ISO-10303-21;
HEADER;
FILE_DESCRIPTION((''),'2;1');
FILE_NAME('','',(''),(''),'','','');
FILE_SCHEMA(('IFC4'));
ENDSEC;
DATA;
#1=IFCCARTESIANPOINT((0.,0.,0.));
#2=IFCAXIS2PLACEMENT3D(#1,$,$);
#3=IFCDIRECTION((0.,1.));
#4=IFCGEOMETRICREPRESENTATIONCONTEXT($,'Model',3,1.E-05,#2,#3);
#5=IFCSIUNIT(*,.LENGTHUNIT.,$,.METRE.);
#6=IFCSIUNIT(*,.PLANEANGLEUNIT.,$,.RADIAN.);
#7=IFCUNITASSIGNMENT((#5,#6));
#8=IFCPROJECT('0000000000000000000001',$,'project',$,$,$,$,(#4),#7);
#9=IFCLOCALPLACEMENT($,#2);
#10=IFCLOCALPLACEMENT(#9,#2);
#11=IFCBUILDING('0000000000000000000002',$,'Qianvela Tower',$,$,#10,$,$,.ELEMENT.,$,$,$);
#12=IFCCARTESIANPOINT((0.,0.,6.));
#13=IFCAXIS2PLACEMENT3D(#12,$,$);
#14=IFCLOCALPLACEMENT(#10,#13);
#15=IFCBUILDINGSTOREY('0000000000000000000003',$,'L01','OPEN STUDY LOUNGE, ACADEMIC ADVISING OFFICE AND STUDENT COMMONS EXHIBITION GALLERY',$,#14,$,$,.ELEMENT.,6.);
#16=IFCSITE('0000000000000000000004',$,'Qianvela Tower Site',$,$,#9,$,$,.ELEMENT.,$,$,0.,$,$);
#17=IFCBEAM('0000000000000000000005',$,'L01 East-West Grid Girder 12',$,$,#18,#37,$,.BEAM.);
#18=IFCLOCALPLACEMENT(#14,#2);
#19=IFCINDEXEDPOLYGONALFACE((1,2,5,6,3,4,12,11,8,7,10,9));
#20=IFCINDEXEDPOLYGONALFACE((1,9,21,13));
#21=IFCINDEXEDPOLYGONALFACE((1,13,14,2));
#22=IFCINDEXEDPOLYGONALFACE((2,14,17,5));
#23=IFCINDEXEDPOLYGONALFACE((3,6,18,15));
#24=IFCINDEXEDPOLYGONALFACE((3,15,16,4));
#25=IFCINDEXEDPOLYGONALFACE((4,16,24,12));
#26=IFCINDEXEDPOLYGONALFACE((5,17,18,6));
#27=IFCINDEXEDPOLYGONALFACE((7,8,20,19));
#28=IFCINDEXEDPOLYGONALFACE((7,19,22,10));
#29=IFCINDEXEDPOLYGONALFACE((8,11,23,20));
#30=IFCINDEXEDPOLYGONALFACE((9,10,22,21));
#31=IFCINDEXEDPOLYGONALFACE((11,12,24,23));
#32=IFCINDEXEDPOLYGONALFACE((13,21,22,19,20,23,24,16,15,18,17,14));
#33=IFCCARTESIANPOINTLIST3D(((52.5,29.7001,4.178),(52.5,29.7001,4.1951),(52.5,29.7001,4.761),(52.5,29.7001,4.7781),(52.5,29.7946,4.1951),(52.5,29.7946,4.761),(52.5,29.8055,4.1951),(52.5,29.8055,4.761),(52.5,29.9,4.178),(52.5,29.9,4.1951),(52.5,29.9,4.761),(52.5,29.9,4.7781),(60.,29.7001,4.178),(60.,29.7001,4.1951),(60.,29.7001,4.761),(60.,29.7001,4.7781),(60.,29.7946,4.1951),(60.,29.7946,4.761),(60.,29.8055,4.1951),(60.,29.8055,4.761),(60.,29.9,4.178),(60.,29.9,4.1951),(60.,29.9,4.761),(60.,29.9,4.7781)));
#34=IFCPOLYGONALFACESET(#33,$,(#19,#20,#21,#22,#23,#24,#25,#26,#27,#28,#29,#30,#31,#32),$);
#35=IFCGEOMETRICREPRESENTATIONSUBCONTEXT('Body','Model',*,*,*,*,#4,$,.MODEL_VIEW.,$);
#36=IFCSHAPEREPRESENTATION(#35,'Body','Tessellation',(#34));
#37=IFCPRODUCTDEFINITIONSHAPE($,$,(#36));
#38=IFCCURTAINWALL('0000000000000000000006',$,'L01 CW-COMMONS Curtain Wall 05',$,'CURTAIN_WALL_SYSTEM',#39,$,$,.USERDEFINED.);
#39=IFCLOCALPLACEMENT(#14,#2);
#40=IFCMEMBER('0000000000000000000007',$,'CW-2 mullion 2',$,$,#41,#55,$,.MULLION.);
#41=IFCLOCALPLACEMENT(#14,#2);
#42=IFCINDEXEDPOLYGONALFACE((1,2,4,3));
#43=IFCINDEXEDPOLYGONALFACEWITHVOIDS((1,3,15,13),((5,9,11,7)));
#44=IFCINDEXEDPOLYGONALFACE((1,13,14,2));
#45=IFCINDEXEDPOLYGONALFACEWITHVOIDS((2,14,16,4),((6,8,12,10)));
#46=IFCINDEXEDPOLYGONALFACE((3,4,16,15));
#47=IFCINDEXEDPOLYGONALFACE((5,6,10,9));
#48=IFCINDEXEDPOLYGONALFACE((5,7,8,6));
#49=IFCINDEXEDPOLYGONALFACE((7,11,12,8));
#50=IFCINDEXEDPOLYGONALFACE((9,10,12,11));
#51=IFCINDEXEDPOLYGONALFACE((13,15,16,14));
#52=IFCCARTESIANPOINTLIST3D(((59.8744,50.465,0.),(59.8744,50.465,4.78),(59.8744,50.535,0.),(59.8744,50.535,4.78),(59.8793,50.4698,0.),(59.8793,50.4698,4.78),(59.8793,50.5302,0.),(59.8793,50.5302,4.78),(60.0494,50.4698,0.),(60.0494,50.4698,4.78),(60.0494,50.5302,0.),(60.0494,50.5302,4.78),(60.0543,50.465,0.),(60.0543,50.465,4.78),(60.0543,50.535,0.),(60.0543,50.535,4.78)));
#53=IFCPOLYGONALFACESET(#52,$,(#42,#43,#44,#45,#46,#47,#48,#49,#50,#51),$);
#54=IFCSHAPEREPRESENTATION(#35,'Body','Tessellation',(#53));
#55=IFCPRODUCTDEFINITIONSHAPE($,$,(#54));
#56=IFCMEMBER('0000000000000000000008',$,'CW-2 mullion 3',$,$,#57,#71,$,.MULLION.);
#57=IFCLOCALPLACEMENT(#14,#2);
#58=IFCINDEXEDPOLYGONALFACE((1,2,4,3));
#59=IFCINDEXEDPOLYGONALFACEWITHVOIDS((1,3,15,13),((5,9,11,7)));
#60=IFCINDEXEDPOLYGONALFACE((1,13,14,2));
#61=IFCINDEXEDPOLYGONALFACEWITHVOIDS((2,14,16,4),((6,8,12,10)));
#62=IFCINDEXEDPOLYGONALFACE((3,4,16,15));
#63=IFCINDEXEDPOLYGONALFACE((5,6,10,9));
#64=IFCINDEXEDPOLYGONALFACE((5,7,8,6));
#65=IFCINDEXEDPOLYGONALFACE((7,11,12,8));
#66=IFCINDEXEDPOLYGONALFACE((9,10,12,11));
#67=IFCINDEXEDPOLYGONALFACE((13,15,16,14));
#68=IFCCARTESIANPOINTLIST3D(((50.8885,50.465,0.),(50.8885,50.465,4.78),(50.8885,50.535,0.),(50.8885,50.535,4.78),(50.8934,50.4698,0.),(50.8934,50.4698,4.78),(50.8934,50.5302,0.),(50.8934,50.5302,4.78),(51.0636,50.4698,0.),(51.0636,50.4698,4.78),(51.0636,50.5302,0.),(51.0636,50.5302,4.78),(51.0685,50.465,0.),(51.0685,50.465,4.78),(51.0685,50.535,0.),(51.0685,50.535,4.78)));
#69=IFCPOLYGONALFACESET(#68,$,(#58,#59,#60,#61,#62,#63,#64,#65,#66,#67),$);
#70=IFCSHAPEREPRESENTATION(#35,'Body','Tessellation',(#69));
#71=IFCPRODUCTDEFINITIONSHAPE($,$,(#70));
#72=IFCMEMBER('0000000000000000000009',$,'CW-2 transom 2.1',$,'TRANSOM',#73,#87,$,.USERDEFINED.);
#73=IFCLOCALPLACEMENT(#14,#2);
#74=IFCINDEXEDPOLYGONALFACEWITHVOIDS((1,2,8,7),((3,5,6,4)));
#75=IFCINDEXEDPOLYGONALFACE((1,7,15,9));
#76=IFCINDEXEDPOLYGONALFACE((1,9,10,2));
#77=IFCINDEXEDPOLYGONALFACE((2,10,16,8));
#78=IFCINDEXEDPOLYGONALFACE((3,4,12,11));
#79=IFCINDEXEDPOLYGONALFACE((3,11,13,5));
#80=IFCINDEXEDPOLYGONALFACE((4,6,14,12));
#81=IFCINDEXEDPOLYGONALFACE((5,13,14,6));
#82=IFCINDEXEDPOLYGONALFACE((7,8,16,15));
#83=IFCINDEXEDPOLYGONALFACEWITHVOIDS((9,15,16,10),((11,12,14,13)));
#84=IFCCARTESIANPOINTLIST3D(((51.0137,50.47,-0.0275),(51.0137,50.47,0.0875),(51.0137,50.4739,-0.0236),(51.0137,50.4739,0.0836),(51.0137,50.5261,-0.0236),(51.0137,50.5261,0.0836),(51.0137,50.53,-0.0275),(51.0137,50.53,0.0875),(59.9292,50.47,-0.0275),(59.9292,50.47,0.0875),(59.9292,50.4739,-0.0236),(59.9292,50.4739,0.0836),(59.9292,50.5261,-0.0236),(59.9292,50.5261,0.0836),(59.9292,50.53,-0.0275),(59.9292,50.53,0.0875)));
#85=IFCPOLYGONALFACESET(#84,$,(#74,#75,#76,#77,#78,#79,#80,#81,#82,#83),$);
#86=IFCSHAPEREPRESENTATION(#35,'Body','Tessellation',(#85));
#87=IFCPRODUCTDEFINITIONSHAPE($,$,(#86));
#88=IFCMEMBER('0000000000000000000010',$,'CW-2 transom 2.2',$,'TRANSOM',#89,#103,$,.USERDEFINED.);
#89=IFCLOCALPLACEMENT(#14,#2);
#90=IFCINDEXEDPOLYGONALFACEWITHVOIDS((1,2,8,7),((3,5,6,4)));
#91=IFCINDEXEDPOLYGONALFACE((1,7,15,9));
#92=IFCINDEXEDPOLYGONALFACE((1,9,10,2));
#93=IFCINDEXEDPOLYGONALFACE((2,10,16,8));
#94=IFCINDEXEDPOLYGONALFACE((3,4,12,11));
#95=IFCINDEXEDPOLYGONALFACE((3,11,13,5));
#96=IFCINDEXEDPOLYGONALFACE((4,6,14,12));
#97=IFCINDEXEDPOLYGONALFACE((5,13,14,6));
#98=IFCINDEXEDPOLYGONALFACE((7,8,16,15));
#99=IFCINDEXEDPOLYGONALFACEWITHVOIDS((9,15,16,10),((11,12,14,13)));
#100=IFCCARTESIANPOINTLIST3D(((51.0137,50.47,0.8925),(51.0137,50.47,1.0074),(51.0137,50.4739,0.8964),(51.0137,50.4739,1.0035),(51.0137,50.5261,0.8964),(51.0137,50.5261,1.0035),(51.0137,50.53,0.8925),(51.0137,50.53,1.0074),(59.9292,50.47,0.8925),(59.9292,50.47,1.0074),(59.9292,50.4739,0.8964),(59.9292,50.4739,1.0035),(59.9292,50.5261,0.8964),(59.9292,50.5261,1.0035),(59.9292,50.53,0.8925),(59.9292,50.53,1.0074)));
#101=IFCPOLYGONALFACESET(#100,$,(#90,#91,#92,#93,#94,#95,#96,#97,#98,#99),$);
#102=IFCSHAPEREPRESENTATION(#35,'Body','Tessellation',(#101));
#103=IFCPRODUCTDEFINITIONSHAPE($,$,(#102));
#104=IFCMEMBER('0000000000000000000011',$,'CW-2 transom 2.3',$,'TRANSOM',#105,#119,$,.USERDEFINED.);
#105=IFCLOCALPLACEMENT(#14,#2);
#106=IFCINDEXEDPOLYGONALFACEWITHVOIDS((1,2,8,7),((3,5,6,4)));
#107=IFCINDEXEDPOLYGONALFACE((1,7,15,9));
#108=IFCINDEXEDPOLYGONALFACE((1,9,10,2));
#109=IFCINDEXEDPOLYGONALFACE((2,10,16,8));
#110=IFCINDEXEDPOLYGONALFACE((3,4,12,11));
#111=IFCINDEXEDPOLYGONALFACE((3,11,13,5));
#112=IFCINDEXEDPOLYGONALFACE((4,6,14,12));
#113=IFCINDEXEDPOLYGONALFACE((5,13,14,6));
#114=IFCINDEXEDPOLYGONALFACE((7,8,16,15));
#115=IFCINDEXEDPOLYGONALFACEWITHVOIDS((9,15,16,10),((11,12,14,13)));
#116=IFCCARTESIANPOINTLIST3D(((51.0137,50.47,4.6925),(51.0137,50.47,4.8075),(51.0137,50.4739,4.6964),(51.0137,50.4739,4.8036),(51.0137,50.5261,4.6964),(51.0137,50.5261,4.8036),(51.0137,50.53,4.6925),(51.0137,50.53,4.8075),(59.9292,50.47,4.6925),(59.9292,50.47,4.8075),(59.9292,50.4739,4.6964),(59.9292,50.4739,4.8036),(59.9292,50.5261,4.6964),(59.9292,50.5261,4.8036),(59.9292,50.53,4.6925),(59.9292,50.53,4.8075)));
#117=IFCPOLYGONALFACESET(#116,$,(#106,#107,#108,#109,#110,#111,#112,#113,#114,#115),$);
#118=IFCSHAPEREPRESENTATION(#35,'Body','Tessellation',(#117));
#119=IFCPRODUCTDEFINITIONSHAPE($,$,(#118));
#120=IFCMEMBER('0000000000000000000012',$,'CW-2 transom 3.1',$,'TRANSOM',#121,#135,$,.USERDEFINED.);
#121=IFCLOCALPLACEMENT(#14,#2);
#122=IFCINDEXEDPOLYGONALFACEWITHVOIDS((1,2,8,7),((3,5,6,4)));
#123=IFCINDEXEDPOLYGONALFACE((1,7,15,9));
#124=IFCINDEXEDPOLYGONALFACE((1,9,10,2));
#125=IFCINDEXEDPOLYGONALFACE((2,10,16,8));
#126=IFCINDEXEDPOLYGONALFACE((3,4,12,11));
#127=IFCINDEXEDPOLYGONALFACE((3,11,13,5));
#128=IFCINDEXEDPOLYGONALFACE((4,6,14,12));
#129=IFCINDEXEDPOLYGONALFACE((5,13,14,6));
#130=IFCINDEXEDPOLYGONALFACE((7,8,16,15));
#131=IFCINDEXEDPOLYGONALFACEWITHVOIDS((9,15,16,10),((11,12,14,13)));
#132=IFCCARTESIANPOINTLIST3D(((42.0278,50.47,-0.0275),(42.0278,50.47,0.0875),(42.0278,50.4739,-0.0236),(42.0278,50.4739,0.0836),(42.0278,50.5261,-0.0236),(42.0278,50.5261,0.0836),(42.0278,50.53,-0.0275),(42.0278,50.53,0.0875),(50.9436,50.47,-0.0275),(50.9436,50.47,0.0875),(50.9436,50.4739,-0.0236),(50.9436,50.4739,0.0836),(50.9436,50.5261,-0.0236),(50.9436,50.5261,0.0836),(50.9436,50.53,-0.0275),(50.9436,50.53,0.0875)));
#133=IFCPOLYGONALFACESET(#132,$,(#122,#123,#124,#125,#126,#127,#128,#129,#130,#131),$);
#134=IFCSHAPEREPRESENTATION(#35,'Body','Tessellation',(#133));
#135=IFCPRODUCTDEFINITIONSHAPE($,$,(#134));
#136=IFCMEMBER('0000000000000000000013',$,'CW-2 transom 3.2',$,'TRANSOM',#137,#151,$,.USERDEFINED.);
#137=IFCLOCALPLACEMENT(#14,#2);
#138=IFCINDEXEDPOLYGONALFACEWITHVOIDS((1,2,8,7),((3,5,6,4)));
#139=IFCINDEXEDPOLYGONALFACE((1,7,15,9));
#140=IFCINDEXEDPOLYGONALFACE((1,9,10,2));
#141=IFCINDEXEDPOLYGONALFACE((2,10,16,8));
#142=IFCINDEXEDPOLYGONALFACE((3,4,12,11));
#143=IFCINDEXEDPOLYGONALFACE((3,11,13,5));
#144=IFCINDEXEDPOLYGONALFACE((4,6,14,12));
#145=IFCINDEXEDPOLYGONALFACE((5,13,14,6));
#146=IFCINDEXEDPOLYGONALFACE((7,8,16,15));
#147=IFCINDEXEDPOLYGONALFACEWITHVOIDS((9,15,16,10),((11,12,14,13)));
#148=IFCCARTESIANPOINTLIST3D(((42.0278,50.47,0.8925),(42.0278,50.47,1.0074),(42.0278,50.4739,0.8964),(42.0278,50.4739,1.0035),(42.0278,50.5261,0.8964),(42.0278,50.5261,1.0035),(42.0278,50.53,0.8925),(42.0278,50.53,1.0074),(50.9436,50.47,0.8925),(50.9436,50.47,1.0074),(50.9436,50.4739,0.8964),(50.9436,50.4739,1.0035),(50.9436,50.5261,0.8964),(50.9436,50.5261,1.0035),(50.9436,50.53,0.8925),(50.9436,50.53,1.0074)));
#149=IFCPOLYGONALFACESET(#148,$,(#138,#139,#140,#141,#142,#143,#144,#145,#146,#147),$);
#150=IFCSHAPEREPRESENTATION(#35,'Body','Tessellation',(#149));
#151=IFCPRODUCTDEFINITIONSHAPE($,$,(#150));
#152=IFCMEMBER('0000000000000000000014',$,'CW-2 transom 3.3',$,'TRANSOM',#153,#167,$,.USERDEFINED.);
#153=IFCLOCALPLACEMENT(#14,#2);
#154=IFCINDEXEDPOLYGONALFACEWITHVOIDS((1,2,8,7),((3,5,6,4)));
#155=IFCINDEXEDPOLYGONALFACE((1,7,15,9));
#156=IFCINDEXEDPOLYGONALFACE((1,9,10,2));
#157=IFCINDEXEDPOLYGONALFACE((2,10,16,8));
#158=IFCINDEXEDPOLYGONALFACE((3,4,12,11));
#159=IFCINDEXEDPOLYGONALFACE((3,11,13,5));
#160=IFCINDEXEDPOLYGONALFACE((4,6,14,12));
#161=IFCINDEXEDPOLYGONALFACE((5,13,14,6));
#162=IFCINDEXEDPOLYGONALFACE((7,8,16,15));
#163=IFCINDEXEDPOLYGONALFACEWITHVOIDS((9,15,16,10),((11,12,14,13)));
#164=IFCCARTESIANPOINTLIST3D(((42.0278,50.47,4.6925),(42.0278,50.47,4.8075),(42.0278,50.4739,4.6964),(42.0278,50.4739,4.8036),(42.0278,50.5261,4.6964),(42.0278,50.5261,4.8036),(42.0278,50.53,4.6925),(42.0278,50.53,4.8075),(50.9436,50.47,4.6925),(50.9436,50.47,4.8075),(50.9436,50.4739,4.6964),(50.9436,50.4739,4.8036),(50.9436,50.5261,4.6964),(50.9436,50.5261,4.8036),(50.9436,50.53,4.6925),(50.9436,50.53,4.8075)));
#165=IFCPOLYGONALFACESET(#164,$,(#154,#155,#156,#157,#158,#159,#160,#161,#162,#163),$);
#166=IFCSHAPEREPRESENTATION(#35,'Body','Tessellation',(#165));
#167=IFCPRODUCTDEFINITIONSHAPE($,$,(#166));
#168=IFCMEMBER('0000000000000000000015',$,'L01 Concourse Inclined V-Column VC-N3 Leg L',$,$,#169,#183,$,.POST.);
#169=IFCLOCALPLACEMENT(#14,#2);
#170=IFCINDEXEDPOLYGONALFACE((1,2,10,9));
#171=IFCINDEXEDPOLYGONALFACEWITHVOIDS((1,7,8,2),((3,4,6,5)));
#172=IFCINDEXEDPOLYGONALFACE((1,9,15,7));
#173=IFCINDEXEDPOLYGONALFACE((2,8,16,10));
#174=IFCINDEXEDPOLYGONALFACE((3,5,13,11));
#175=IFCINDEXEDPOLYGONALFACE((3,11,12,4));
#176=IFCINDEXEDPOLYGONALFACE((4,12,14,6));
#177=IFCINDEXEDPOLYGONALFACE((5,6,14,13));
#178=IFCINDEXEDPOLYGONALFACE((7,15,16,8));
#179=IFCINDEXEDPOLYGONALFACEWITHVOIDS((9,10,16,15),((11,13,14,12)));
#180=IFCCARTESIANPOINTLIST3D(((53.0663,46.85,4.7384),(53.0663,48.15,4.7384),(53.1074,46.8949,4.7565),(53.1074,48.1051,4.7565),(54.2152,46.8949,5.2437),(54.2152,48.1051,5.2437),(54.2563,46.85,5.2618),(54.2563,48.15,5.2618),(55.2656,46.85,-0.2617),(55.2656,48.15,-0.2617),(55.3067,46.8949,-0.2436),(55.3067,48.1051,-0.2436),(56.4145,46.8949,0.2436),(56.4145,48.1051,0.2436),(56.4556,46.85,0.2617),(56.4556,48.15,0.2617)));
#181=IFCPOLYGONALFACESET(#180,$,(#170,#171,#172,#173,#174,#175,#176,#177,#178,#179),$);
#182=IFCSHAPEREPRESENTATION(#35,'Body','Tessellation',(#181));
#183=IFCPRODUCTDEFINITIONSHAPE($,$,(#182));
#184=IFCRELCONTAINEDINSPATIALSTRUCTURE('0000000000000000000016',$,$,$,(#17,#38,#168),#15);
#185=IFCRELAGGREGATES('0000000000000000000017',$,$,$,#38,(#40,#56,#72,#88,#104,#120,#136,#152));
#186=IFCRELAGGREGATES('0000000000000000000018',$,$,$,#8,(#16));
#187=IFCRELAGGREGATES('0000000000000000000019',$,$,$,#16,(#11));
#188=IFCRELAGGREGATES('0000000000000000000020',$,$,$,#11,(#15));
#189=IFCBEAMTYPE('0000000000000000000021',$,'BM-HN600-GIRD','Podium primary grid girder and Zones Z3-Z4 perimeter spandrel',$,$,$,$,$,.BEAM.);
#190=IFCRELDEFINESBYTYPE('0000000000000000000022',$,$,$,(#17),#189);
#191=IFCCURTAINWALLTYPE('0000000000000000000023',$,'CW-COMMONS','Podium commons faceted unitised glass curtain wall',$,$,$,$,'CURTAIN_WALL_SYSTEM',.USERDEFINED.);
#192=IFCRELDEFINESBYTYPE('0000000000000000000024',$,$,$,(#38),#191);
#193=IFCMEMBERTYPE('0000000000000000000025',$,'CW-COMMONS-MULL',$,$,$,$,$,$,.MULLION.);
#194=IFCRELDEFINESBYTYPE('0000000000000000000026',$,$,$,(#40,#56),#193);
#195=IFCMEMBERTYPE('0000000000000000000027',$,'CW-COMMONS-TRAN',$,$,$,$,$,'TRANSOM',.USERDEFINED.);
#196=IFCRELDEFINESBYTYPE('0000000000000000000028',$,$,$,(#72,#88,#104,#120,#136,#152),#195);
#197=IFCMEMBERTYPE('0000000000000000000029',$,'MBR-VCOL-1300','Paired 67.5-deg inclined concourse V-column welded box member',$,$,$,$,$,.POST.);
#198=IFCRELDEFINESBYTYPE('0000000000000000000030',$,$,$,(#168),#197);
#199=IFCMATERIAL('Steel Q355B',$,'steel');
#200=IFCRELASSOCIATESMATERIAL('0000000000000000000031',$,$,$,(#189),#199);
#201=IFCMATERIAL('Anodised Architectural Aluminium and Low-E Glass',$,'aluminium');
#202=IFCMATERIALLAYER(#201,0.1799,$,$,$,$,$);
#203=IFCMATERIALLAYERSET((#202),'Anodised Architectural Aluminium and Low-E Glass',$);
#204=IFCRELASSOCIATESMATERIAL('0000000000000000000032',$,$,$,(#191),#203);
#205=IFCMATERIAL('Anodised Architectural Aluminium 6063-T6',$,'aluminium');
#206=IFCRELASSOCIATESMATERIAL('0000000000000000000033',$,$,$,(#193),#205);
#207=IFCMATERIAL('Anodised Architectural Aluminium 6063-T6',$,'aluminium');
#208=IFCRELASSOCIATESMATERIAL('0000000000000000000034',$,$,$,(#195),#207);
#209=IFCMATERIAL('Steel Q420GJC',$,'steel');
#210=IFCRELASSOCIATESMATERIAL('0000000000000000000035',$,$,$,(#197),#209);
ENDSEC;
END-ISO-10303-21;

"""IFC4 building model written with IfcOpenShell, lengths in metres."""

from ifc_helpers import new_model, si_unit, direction, frame, origin, origin_2d, place, context, subcontext, project, spatial, hollow_rectangle, i_section, extrude, material, layer, layer_set, material_profile, profile_set, type_object, element, aggregate, save


model = new_model("IFC4")

# Units and contexts
model_context = context("Model", 3, precision=1e-05, world=origin(), true_north=direction((0.0, 1.0)))
body_context = subcontext(model_context, "Body", "Model", "MODEL_VIEW")
ifc_project = project(units=[si_unit("LENGTHUNIT", "METRE"), si_unit("PLANEANGLEUNIT", "RADIAN")], contexts=[model_context])

# Site, building, storey
site_placement = place(None, origin())
site = spatial("IfcSite", under=ifc_project, at=site_placement, Name="Qianvela Tower Site", CompositionType="ELEMENT", RefElevation=0.0)
building_placement = place(site_placement, origin())
building = spatial("IfcBuilding", under=site, at=building_placement, Name="Qianvela Tower", CompositionType="ELEMENT")
storey_placement = place(building_placement, frame((0.0, 0.0, 6.0)))
storey = spatial("IfcBuildingStorey", under=building, at=storey_placement, Name="L01", Description="OPEN STUDY LOUNGE, ACADEMIC ADVISING OFFICE AND STUDENT COMMONS EXHIBITION GALLERY", CompositionType="ELEMENT", Elevation=6.0)

# Beam
ifc_material_1 = material(Name="Steel Q355B", Category="steel")
ifc_material_profile_1 = material_profile(ifc_material_1, i_section(OverallWidth=0.2, OverallDepth=0.6001, WebThickness=0.011, FlangeThickness=0.0171, at=origin_2d()), Name="HN600x200x11x17")
ifc_profile_set_1 = profile_set([ifc_material_profile_1], Name="Steel Q355B")
beam_type = type_object("IfcBeamType", Name="BM-HN600-GIRD", Description="Podium primary grid girder and Zones Z3-Z4 perimeter spandrel", PredefinedType="BEAM", material=ifc_profile_set_1)
for number, where, z_axis, x_axis, name in (
    (1, (52.5, 29.8, 4.478), (1.0, 0.0, 0.0), (0.0, 1.0, 0.0), "L01 East-West Grid Girder 12"),
):
    element("IfcBeam", number, at=place(storey_placement, frame(where, z_axis=z_axis, x_axis=x_axis)), inside=storey, type_object=beam_type, Name=name, PredefinedType="BEAM", context=body_context, shape_type="SweptSolid", body=[
        extrude(i_section(OverallWidth=0.2, OverallDepth=0.6001, WebThickness=0.011, FlangeThickness=0.0171, at=origin_2d()), origin(), (0.0, 0.0, 1.0), 7.5),
    ])

# Curtain wall, members
ifc_material_2 = material(Name="Anodised Architectural Aluminium and Low-E Glass", Category="aluminium")
ifc_layer_1 = layer(ifc_material_2, 0.1799)
ifc_layer_set_1 = layer_set([ifc_layer_1], Name="Anodised Architectural Aluminium and Low-E Glass")
curtain_wall_type = type_object("IfcCurtainWallType", Name="CW-COMMONS", Description="Podium commons faceted unitised glass curtain wall", ElementType="CURTAIN_WALL_SYSTEM", PredefinedType="USERDEFINED", material=ifc_layer_set_1)
curtain_wall_placement = place(storey_placement, origin())
curtain_wall = element("IfcCurtainWall", 2, at=curtain_wall_placement, inside=storey, type_object=curtain_wall_type, Name="L01 CW-COMMONS Curtain Wall 05", ObjectType="CURTAIN_WALL_SYSTEM", PredefinedType="USERDEFINED")
ifc_material_3 = material(Name="Anodised Architectural Aluminium 6063-T6", Category="aluminium")
ifc_material_profile_2 = material_profile(ifc_material_3, hollow_rectangle(XDim=0.0701, YDim=0.1799, WallThickness=0.0049, at=origin_2d()), Name="ALU-MULL-70x180")
ifc_profile_set_2 = profile_set([ifc_material_profile_2], Name="Anodised Architectural Aluminium 6063-T6")
member_type_1 = type_object("IfcMemberType", Name="CW-COMMONS-MULL", PredefinedType="MULLION", material=ifc_profile_set_2)
member_1_placement = place(storey_placement, frame((59.9644, 50.5, 0.0), z_axis=(0.0, 0.0, 1.0), x_axis=(0.0, -1.0, 0.0)))
member_1 = element("IfcMember", 3, at=member_1_placement, type_object=member_type_1, Name="CW-2 mullion 2", PredefinedType="MULLION", context=body_context, shape_type="SweptSolid", body=[
    extrude(hollow_rectangle(XDim=0.0701, YDim=0.1799, WallThickness=0.0049, at=origin_2d()), origin(), (0.0, 0.0, 1.0), 4.78),
])
member_2_placement = place(storey_placement, frame((50.9785, 50.5, 0.0), z_axis=(0.0, 0.0, 1.0), x_axis=(0.0, -1.0, 0.0)))
member_2 = element("IfcMember", 4, at=member_2_placement, type_object=member_type_1, Name="CW-2 mullion 3", PredefinedType="MULLION", context=body_context, shape_type="SweptSolid", body=[
    extrude(hollow_rectangle(XDim=0.0701, YDim=0.1799, WallThickness=0.0049, at=origin_2d()), origin(), (0.0, 0.0, 1.0), 4.78),
])
ifc_material_4 = material(Name="Anodised Architectural Aluminium 6063-T6", Category="aluminium")
ifc_material_profile_3 = material_profile(ifc_material_4, hollow_rectangle(XDim=0.0601, YDim=0.115, WallThickness=0.0039, at=origin_2d()), Name="ALU-TRAN-60x115")
ifc_profile_set_3 = profile_set([ifc_material_profile_3], Name="Anodised Architectural Aluminium 6063-T6")
member_type_2 = type_object("IfcMemberType", Name="CW-COMMONS-TRAN", ElementType="TRANSOM", PredefinedType="USERDEFINED", material=ifc_profile_set_3)
member_3_placement = place(storey_placement, frame((59.9292, 50.5, 0.03), z_axis=(-1.0, 0.0, 0.0), x_axis=(0.0, -1.0, 0.0)))
member_3 = element("IfcMember", 5, at=member_3_placement, type_object=member_type_2, Name="CW-2 transom 2.1", ObjectType="TRANSOM", PredefinedType="USERDEFINED", context=body_context, shape_type="SweptSolid", body=[
    extrude(hollow_rectangle(XDim=0.0601, YDim=0.115, WallThickness=0.0039, at=origin_2d()), origin(), (0.0, 0.0, 1.0), 8.9155),
])
member_4_placement = place(storey_placement, frame((59.9292, 50.5, 0.95), z_axis=(-1.0, 0.0, 0.0), x_axis=(0.0, -1.0, 0.0)))
member_4 = element("IfcMember", 6, at=member_4_placement, type_object=member_type_2, Name="CW-2 transom 2.2", ObjectType="TRANSOM", PredefinedType="USERDEFINED", context=body_context, shape_type="SweptSolid", body=[
    extrude(hollow_rectangle(XDim=0.0601, YDim=0.115, WallThickness=0.0039, at=origin_2d()), origin(), (0.0, 0.0, 1.0), 8.9155),
])
member_5_placement = place(storey_placement, frame((59.9292, 50.5, 4.75), z_axis=(-1.0, 0.0, 0.0), x_axis=(0.0, -1.0, 0.0)))
member_5 = element("IfcMember", 7, at=member_5_placement, type_object=member_type_2, Name="CW-2 transom 2.3", ObjectType="TRANSOM", PredefinedType="USERDEFINED", context=body_context, shape_type="SweptSolid", body=[
    extrude(hollow_rectangle(XDim=0.0601, YDim=0.115, WallThickness=0.0039, at=origin_2d()), origin(), (0.0, 0.0, 1.0), 8.9155),
])
member_6_placement = place(storey_placement, frame((50.9436, 50.5, 0.03), z_axis=(-1.0, 0.0, 0.0), x_axis=(0.0, -1.0, 0.0)))
member_6 = element("IfcMember", 8, at=member_6_placement, type_object=member_type_2, Name="CW-2 transom 3.1", ObjectType="TRANSOM", PredefinedType="USERDEFINED", context=body_context, shape_type="SweptSolid", body=[
    extrude(hollow_rectangle(XDim=0.0601, YDim=0.115, WallThickness=0.0039, at=origin_2d()), origin(), (0.0, 0.0, 1.0), 8.9158),
])
member_7_placement = place(storey_placement, frame((50.9436, 50.5, 0.95), z_axis=(-1.0, 0.0, 0.0), x_axis=(0.0, -1.0, 0.0)))
member_7 = element("IfcMember", 9, at=member_7_placement, type_object=member_type_2, Name="CW-2 transom 3.2", ObjectType="TRANSOM", PredefinedType="USERDEFINED", context=body_context, shape_type="SweptSolid", body=[
    extrude(hollow_rectangle(XDim=0.0601, YDim=0.115, WallThickness=0.0039, at=origin_2d()), origin(), (0.0, 0.0, 1.0), 8.9158),
])
member_8_placement = place(storey_placement, frame((50.9436, 50.5, 4.75), z_axis=(-1.0, 0.0, 0.0), x_axis=(0.0, -1.0, 0.0)))
member_8 = element("IfcMember", 10, at=member_8_placement, type_object=member_type_2, Name="CW-2 transom 3.3", ObjectType="TRANSOM", PredefinedType="USERDEFINED", context=body_context, shape_type="SweptSolid", body=[
    extrude(hollow_rectangle(XDim=0.0601, YDim=0.115, WallThickness=0.0039, at=origin_2d()), origin(), (0.0, 0.0, 1.0), 8.9158),
])

# Member
ifc_material_5 = material(Name="Steel Q420GJC", Category="steel")
ifc_material_profile_4 = material_profile(ifc_material_5, hollow_rectangle(XDim=1.3, YDim=1.3, WallThickness=0.0449, at=origin_2d()), Name="VBOX-1300x1300x45")
ifc_profile_set_4 = profile_set([ifc_material_profile_4], Name="Steel Q420GJC")
member_type_3 = type_object("IfcMemberType", Name="MBR-VCOL-1300", Description="Paired 67.5-deg inclined concourse V-column welded box member", PredefinedType="POST", material=ifc_profile_set_4)
member_9_placement = place(storey_placement, frame((55.8606, 47.5, 0.0), z_axis=(-0.402619, 0.0, 0.915368), x_axis=(0.0, -1.0, 0.0)))
element("IfcMember", 11, at=member_9_placement, inside=storey, type_object=member_type_3, Name="L01 Concourse Inclined V-Column VC-N3 Leg L", PredefinedType="POST", context=body_context, shape_type="SweptSolid", body=[
    extrude(hollow_rectangle(XDim=1.3, YDim=1.3, WallThickness=0.0449, at=origin_2d()), origin(), (0.0, 0.0, 1.0), 5.4624),
])

aggregate(curtain_wall, [member_1, member_2, member_3, member_4, member_5, member_6, member_7, member_8])

save(model, "model.ifc")
